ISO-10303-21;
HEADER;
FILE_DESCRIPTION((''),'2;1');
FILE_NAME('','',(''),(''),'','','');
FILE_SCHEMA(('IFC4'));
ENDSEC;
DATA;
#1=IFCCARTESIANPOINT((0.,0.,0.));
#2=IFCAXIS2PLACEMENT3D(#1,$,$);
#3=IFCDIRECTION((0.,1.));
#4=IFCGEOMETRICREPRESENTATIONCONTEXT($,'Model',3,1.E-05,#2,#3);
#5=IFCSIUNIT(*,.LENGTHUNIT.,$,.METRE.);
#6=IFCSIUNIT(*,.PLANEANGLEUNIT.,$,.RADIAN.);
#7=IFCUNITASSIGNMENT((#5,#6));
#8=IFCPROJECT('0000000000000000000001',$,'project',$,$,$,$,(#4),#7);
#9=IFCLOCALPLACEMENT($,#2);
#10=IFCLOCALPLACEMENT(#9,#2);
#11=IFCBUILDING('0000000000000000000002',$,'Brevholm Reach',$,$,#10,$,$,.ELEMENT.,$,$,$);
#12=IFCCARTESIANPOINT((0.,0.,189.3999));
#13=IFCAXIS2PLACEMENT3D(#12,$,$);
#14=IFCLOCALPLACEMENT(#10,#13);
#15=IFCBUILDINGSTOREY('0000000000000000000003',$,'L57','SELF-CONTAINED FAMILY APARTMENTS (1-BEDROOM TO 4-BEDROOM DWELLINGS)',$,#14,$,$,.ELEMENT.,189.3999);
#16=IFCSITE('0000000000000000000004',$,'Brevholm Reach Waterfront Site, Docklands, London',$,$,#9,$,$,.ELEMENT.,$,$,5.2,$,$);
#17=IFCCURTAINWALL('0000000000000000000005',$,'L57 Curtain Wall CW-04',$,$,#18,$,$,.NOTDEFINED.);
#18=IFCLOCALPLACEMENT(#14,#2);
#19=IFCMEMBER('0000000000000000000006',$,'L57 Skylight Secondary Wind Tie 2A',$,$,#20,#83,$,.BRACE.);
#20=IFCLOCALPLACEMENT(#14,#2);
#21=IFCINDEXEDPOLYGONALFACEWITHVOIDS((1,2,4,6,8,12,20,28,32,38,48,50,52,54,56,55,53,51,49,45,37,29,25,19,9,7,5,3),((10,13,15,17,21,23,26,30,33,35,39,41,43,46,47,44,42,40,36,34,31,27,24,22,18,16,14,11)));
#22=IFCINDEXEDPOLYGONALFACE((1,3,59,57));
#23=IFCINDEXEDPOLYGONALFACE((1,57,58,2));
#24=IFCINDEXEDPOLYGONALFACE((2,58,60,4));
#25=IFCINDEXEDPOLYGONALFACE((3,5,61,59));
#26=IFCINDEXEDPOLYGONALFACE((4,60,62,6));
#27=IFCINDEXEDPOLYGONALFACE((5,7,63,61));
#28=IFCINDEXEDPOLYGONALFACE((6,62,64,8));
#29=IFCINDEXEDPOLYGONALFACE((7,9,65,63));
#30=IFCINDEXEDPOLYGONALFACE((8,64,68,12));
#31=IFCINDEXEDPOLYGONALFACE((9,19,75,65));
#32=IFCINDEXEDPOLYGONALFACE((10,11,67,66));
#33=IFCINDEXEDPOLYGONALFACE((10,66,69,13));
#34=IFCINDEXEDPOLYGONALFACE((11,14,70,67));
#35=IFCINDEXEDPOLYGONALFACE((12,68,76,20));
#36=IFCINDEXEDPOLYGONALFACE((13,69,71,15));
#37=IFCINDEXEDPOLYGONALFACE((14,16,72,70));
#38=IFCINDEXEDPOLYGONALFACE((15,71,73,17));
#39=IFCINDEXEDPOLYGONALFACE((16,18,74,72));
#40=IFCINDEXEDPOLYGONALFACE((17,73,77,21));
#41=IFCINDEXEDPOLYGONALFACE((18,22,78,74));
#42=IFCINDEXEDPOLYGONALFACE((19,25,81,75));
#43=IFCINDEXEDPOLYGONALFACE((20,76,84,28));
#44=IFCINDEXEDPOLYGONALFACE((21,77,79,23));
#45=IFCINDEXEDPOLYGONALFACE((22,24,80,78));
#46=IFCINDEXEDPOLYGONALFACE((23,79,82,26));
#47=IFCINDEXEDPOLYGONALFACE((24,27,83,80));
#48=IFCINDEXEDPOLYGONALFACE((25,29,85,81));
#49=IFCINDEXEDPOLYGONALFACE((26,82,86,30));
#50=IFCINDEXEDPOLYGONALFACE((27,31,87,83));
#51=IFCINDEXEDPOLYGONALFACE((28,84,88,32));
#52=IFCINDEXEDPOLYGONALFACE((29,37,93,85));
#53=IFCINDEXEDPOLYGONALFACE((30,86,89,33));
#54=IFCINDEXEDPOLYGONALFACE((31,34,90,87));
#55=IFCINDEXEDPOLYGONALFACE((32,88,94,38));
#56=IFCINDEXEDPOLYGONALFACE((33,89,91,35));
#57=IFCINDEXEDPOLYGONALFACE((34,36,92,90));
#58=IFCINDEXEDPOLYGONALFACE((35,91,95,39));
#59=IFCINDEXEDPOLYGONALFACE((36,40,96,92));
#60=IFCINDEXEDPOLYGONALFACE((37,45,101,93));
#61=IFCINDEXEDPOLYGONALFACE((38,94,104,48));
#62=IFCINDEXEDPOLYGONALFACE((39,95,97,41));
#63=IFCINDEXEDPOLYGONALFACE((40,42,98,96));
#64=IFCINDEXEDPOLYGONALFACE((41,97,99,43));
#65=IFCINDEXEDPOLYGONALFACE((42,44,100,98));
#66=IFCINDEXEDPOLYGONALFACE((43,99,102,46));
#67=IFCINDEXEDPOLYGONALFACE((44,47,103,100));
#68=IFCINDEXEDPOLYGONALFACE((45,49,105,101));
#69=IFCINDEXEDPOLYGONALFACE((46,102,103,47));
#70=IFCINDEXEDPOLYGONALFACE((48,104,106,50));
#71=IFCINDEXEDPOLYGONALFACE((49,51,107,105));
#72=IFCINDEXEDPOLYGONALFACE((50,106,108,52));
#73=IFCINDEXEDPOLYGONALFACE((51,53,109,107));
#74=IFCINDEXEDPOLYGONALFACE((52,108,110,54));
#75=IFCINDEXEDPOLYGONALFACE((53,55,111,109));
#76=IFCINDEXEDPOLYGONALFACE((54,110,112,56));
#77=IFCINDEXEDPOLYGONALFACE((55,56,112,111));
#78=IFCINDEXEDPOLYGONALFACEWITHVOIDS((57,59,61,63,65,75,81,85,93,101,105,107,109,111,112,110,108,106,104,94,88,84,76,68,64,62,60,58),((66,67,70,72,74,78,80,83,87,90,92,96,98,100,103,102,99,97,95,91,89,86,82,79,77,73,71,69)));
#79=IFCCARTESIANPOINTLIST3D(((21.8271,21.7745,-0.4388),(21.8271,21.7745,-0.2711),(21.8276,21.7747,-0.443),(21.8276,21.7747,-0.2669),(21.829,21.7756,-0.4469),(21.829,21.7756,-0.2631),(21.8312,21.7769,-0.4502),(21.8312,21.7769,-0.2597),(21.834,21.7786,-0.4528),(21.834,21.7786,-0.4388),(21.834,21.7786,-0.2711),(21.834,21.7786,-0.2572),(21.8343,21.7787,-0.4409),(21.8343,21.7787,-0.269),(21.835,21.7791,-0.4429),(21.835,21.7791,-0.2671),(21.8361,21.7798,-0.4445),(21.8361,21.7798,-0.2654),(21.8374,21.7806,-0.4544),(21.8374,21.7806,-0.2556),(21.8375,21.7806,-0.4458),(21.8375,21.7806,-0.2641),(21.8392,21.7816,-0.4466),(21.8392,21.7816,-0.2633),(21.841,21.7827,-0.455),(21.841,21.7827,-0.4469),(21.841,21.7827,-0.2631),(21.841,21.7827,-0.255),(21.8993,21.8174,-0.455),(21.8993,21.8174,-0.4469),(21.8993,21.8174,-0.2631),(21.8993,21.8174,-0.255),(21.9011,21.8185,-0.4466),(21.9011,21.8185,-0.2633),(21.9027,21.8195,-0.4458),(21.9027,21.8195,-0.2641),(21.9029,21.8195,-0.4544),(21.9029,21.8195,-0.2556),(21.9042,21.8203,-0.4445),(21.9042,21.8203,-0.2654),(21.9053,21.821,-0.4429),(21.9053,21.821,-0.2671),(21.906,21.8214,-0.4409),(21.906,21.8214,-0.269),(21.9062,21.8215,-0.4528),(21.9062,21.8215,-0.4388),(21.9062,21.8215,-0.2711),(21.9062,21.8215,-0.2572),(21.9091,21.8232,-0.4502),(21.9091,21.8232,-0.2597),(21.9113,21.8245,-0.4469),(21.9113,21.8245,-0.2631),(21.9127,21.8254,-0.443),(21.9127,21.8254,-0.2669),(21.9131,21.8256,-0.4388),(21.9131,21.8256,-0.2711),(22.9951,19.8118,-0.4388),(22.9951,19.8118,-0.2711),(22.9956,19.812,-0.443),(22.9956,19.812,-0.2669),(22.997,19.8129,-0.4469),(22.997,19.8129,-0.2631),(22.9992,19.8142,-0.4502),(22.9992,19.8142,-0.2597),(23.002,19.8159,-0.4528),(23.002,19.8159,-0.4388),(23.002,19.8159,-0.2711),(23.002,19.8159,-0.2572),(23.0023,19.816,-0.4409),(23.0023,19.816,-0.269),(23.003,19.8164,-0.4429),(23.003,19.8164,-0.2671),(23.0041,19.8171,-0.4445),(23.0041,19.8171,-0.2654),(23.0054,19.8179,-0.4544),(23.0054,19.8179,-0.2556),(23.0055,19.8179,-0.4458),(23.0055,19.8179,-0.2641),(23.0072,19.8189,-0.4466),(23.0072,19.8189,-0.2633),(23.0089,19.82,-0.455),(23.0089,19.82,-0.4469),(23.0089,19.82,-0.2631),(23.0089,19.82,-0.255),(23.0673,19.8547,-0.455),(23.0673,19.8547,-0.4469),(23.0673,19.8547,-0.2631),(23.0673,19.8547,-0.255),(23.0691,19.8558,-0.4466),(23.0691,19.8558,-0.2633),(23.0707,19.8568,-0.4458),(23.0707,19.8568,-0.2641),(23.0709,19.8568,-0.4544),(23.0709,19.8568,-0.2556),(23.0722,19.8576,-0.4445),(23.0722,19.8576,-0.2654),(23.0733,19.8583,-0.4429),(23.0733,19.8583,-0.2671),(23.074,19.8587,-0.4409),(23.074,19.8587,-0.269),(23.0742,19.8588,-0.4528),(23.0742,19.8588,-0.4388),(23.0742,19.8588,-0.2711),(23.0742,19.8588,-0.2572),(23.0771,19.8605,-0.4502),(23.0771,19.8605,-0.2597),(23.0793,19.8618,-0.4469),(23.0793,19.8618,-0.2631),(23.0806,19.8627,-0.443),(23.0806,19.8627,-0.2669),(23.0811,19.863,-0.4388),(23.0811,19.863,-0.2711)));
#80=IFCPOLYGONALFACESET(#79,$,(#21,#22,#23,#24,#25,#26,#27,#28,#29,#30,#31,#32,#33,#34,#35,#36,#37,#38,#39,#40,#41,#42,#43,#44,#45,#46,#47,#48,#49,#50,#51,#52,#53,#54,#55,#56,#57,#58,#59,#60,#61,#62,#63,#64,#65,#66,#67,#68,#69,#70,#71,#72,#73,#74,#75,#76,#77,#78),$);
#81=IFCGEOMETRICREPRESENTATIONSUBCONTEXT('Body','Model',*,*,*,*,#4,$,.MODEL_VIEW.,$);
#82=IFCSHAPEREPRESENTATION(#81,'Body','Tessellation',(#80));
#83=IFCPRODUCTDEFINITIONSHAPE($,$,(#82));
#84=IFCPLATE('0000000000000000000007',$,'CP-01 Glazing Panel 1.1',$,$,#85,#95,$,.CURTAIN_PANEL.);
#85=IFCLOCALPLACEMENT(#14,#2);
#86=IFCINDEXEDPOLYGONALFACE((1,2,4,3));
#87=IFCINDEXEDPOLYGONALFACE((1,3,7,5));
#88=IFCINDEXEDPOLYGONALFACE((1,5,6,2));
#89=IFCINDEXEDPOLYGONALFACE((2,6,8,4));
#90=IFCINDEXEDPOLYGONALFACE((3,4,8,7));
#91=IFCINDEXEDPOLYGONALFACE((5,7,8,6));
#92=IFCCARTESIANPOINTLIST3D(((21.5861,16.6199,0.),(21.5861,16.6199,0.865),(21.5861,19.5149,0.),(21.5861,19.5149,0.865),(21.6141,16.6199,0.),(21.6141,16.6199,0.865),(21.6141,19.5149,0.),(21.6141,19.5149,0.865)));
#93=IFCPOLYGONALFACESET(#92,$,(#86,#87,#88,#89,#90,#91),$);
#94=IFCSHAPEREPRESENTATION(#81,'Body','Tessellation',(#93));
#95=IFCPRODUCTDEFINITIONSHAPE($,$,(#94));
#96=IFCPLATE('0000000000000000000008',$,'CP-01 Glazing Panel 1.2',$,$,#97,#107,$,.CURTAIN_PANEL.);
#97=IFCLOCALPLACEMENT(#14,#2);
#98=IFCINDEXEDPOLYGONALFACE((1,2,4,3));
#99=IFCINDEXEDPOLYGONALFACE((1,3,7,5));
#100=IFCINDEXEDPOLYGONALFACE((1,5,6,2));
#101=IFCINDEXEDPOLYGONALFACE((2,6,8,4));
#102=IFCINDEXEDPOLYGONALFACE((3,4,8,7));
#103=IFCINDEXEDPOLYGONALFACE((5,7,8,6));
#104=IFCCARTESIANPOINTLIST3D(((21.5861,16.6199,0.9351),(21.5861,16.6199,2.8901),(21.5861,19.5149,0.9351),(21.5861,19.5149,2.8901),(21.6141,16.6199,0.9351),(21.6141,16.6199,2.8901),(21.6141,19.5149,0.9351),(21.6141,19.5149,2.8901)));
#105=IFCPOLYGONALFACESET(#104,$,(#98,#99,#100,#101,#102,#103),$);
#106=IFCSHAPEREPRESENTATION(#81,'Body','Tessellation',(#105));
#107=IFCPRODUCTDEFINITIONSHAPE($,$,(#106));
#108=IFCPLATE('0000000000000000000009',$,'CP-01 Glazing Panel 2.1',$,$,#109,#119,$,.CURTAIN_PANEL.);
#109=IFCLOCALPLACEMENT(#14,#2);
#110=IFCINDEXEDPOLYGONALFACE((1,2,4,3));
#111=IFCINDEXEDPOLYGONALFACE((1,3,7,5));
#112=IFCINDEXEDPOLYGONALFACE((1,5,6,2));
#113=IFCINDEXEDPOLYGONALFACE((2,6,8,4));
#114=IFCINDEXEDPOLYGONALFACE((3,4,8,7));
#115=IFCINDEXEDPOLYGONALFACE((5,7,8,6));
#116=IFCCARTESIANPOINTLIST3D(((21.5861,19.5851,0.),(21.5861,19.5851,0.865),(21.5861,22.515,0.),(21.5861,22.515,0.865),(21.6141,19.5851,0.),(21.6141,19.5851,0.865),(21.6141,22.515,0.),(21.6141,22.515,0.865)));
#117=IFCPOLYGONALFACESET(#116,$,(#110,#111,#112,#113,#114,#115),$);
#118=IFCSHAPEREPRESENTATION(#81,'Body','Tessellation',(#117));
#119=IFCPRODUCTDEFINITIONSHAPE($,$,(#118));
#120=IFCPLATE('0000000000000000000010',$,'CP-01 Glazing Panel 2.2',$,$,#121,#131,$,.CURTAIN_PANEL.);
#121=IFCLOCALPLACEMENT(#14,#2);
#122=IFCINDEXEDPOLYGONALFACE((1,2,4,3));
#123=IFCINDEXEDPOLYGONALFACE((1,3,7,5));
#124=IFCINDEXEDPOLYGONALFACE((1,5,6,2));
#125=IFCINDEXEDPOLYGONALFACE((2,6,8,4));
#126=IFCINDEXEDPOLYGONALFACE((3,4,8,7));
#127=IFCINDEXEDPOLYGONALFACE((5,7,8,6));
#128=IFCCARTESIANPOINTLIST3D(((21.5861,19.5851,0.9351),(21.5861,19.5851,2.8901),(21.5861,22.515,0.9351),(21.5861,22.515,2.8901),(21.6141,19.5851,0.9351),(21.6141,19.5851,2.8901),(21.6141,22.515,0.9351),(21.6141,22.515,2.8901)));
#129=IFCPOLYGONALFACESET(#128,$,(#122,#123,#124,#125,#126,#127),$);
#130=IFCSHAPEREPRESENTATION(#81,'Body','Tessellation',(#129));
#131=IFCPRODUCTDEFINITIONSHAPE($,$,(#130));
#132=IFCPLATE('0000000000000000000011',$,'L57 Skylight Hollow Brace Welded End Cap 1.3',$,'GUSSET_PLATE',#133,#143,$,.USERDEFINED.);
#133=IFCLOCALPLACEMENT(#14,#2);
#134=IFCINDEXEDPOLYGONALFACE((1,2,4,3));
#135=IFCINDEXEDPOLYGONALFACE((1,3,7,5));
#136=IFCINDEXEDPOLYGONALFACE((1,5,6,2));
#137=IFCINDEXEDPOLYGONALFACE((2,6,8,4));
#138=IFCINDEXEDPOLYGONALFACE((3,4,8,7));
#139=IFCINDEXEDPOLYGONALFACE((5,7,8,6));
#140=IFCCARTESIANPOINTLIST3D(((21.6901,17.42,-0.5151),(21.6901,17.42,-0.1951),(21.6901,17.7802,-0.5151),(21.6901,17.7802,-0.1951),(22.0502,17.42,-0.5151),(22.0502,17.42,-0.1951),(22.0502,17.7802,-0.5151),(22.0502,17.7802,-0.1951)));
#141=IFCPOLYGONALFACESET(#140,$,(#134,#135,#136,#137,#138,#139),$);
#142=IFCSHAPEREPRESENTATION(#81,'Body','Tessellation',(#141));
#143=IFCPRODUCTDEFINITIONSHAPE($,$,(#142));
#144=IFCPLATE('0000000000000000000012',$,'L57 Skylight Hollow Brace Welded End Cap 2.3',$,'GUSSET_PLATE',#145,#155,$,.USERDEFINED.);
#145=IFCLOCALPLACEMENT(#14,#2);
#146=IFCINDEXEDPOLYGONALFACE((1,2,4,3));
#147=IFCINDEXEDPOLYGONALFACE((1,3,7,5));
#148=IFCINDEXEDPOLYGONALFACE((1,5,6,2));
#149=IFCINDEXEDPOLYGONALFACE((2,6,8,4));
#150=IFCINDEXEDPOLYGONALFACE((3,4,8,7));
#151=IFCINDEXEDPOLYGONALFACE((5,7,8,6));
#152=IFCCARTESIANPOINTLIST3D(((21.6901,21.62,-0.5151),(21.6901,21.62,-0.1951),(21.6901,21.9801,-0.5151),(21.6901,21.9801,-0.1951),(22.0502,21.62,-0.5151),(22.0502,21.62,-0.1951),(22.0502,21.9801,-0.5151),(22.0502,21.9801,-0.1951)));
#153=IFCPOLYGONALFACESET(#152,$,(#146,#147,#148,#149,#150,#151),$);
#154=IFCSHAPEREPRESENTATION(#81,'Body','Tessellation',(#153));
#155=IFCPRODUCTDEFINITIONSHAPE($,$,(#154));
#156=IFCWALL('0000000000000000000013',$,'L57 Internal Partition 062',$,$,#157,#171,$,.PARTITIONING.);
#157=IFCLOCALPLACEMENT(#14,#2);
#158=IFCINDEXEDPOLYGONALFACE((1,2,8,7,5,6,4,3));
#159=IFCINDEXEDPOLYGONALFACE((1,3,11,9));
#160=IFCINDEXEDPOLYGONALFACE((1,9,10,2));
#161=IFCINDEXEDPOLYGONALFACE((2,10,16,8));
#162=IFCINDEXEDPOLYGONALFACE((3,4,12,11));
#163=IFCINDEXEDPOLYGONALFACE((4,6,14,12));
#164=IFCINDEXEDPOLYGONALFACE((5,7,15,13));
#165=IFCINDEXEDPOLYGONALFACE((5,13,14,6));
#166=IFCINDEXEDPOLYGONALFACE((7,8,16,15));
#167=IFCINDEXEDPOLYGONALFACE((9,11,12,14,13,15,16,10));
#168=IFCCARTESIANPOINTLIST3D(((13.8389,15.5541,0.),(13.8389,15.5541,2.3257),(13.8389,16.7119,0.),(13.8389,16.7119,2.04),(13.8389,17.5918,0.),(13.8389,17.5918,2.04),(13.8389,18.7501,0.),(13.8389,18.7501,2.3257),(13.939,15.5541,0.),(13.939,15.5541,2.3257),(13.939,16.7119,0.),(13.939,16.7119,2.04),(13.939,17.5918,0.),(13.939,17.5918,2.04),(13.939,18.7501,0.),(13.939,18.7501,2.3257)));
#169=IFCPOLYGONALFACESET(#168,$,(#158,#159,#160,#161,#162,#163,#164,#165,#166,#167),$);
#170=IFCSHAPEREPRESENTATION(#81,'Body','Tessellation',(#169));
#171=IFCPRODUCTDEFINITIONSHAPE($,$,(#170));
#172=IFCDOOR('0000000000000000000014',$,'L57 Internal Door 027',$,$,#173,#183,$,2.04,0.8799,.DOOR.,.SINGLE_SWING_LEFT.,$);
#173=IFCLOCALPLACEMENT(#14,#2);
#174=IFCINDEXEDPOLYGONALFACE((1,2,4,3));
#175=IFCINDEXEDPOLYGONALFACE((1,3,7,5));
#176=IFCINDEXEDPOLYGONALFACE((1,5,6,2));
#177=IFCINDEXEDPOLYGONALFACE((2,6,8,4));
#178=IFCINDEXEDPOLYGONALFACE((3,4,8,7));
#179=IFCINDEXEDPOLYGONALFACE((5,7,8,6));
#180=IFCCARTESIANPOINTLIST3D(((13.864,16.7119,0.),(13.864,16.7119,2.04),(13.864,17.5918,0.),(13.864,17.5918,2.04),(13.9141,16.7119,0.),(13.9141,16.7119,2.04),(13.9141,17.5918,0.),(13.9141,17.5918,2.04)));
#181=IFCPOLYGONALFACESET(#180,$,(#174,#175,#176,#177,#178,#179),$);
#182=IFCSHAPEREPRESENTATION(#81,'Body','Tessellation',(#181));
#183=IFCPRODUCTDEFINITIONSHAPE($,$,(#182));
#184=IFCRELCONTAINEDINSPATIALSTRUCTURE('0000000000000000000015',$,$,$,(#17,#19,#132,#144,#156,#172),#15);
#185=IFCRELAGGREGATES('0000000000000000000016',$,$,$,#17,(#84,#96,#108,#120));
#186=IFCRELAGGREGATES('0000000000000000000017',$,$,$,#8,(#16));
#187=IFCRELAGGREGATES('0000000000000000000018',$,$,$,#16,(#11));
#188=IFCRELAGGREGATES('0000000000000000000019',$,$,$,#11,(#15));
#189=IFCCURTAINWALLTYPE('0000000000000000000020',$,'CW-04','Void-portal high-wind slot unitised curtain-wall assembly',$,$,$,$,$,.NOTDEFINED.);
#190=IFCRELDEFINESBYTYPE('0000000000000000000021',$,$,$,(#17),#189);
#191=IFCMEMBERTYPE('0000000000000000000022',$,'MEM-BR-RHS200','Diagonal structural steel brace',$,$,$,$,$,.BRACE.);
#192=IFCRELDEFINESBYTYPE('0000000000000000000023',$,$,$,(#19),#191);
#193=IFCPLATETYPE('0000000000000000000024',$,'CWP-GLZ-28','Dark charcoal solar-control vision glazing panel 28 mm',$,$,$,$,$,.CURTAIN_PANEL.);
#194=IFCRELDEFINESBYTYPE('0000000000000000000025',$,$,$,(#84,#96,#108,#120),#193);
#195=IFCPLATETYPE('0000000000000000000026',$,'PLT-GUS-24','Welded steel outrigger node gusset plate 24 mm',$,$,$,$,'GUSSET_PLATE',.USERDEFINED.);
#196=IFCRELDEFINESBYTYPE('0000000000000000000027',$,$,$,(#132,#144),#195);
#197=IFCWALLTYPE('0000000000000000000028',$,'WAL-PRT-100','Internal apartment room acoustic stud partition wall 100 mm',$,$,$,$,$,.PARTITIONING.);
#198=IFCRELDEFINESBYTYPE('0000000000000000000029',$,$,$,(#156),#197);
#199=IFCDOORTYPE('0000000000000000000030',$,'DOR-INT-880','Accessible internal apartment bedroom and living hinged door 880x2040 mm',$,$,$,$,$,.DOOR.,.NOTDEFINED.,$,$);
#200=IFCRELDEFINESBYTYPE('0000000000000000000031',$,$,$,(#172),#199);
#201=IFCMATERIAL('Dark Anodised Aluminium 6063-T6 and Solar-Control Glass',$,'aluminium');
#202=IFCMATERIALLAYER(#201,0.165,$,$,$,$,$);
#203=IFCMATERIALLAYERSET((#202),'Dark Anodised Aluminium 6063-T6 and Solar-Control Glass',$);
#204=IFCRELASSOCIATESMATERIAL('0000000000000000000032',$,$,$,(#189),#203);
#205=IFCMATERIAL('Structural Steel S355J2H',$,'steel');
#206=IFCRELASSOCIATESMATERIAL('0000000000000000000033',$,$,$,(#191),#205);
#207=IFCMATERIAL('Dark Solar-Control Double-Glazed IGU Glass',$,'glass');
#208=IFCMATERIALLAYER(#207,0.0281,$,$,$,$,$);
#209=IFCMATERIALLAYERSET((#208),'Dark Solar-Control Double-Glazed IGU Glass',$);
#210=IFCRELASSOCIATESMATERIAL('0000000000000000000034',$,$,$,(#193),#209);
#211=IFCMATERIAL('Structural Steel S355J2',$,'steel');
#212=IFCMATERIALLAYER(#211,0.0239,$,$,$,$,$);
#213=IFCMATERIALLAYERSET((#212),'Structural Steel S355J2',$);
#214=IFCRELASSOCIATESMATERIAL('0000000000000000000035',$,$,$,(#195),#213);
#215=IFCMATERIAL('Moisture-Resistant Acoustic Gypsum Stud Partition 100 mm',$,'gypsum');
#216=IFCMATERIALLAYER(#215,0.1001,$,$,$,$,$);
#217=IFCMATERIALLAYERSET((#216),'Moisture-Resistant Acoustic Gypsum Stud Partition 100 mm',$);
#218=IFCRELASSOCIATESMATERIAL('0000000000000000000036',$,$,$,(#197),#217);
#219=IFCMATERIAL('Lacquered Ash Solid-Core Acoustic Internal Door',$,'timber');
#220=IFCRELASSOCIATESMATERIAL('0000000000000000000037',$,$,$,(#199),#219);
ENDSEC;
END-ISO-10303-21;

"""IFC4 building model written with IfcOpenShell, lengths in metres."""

from ifc_helpers import new_model, si_unit, direction, frame, frame_2d, origin, origin_2d, place, context, subcontext, project, spatial, rectangle, hollow_rectangle, extrude, material, layer, layer_set, material_profile, profile_set, type_object, element, fill, aggregate, save


model = new_model("IFC4")

# Units and contexts
model_context = context("Model", 3, precision=1e-05, world=origin(), true_north=direction((0.0, 1.0)))
body_context = subcontext(model_context, "Body", "Model", "MODEL_VIEW")
ifc_project = project(units=[si_unit("LENGTHUNIT", "METRE"), si_unit("PLANEANGLEUNIT", "RADIAN")], contexts=[model_context])

# Site, building, storey
site_placement = place(None, origin())
site = spatial("IfcSite", under=ifc_project, at=site_placement, Name="Brevholm Reach Waterfront Site, Docklands, London", CompositionType="ELEMENT", RefElevation=5.2)
building_placement = place(site_placement, origin())
building = spatial("IfcBuilding", under=site, at=building_placement, Name="Brevholm Reach", CompositionType="ELEMENT")
storey_placement = place(building_placement, frame((0.0, 0.0, 189.3999)))
storey = spatial("IfcBuildingStorey", under=building, at=storey_placement, Name="L57", Description="SELF-CONTAINED FAMILY APARTMENTS (1-BEDROOM TO 4-BEDROOM DWELLINGS)", CompositionType="ELEMENT", Elevation=189.3999)

# Curtain wall
ifc_material_1 = material(Name="Dark Anodised Aluminium 6063-T6 and Solar-Control Glass", Category="aluminium")
ifc_layer_1 = layer(ifc_material_1, 0.165)
ifc_layer_set_1 = layer_set([ifc_layer_1], Name="Dark Anodised Aluminium 6063-T6 and Solar-Control Glass")
curtain_wall_type = type_object("IfcCurtainWallType", Name="CW-04", Description="Void-portal high-wind slot unitised curtain-wall assembly", PredefinedType="NOTDEFINED", material=ifc_layer_set_1)
curtain_wall_placement = place(storey_placement, origin())
curtain_wall = element("IfcCurtainWall", 1, at=curtain_wall_placement, inside=storey, type_object=curtain_wall_type, Name="L57 Curtain Wall CW-04", PredefinedType="NOTDEFINED")

# Member
ifc_material_2 = material(Name="Structural Steel S355J2H", Category="steel")
ifc_material_profile_1 = material_profile(ifc_material_2, hollow_rectangle(XDim=0.1001, YDim=0.2, WallThickness=0.0081, InnerFilletRadius=0.0081, OuterFilletRadius=0.0161, at=origin_2d()), Name="RHS 200x100x8")
ifc_profile_set_1 = profile_set([ifc_material_profile_1], Name="Structural Steel S355J2H")
member_type_1 = type_object("IfcMemberType", Name="MEM-BR-RHS200", Description="Diagonal structural steel brace", PredefinedType="BRACE", material=ifc_profile_set_1)
member_1_placement = place(storey_placement, frame((21.8701, 21.8, -0.355), z_axis=(0.511396, -0.859345, 0.0), x_axis=(0.859345, 0.511396, 0.0)))
element("IfcMember", 2, at=member_1_placement, inside=storey, type_object=member_type_1, Name="L57 Skylight Secondary Wind Tie 2A", PredefinedType="BRACE", context=body_context, shape_type="SweptSolid", body=[
    extrude(hollow_rectangle(XDim=0.1001, YDim=0.2, WallThickness=0.0081, InnerFilletRadius=0.0081, OuterFilletRadius=0.0161, at=origin_2d()), origin(), (0.0, 0.0, 1.0), 2.2839),
])

# Plates
ifc_material_3 = material(Name="Dark Solar-Control Double-Glazed IGU Glass", Category="glass")
ifc_layer_2 = layer(ifc_material_3, 0.0281)
ifc_layer_set_2 = layer_set([ifc_layer_2], Name="Dark Solar-Control Double-Glazed IGU Glass")
plate_type_1 = type_object("IfcPlateType", Name="CWP-GLZ-28", Description="Dark charcoal solar-control vision glazing panel 28 mm", PredefinedType="CURTAIN_PANEL", material=ifc_layer_set_2)
plate_1_placement = place(storey_placement, frame((21.6001, 18.0674, 0.0), z_axis=(0.0, 0.0, 1.0), x_axis=(0.0, 1.0, 0.0)))
plate_1 = element("IfcPlate", 3, at=plate_1_placement, type_object=plate_type_1, Name="CP-01 Glazing Panel 1.1", PredefinedType="CURTAIN_PANEL", context=body_context, shape_type="SweptSolid", body=[
    extrude(rectangle(XDim=2.895, YDim=0.0281, at=origin_2d()), origin(), (0.0, 0.0, 1.0), 0.865),
])
plate_2_placement = place(storey_placement, frame((21.6001, 18.0674, 0.9351), z_axis=(0.0, 0.0, 1.0), x_axis=(0.0, 1.0, 0.0)))
plate_2 = element("IfcPlate", 4, at=plate_2_placement, type_object=plate_type_1, Name="CP-01 Glazing Panel 1.2", PredefinedType="CURTAIN_PANEL", context=body_context, shape_type="SweptSolid", body=[
    extrude(rectangle(XDim=2.895, YDim=0.0281, at=origin_2d()), origin(), (0.0, 0.0, 1.0), 1.9551),
])
plate_3_placement = place(storey_placement, frame((21.6001, 21.05, 0.0), z_axis=(0.0, 0.0, 1.0), x_axis=(0.0, 1.0, 0.0)))
plate_3 = element("IfcPlate", 5, at=plate_3_placement, type_object=plate_type_1, Name="CP-01 Glazing Panel 2.1", PredefinedType="CURTAIN_PANEL", context=body_context, shape_type="SweptSolid", body=[
    extrude(rectangle(XDim=2.9299, YDim=0.0281, at=origin_2d()), origin(), (0.0, 0.0, 1.0), 0.865),
])
plate_4_placement = place(storey_placement, frame((21.6001, 21.05, 0.9351), z_axis=(0.0, 0.0, 1.0), x_axis=(0.0, 1.0, 0.0)))
plate_4 = element("IfcPlate", 6, at=plate_4_placement, type_object=plate_type_1, Name="CP-01 Glazing Panel 2.2", PredefinedType="CURTAIN_PANEL", context=body_context, shape_type="SweptSolid", body=[
    extrude(rectangle(XDim=2.9299, YDim=0.0281, at=origin_2d()), origin(), (0.0, 0.0, 1.0), 1.9551),
])
aggregate(curtain_wall, [plate_1, plate_2, plate_3, plate_4])

# Plates
ifc_material_4 = material(Name="Structural Steel S355J2", Category="steel")
ifc_layer_3 = layer(ifc_material_4, 0.0239)
ifc_layer_set_3 = layer_set([ifc_layer_3], Name="Structural Steel S355J2")
plate_type_2 = type_object("IfcPlateType", Name="PLT-GUS-24", Description="Welded steel outrigger node gusset plate 24 mm", ElementType="GUSSET_PLATE", PredefinedType="USERDEFINED", material=ifc_layer_set_3)
for number, where, z_axis, x_axis, name in (
    (7, (21.8701, 17.6001, -0.5151), (0.0, 0.0, 1.0), (1.0, 0.0, 0.0), "L57 Skylight Hollow Brace Welded End Cap 1.3"),
    (8, (21.8701, 21.8, -0.5151), (0.0, 0.0, 1.0), (1.0, 0.0, 0.0), "L57 Skylight Hollow Brace Welded End Cap 2.3"),
):
    element("IfcPlate", number, at=place(storey_placement, frame(where, z_axis=z_axis, x_axis=x_axis)), inside=storey, type_object=plate_type_2, Name=name, ObjectType="GUSSET_PLATE", PredefinedType="USERDEFINED", context=body_context, shape_type="SweptSolid", body=[
        extrude(rectangle(XDim=0.3601, YDim=0.3601, at=origin_2d()), origin(), (0.0, 0.0, 1.0), 0.3201),
    ])

# Wall, opening, door
ifc_material_5 = material(Name="Moisture-Resistant Acoustic Gypsum Stud Partition 100 mm", Category="gypsum")
ifc_layer_4 = layer(ifc_material_5, 0.1001)
ifc_layer_set_4 = layer_set([ifc_layer_4], Name="Moisture-Resistant Acoustic Gypsum Stud Partition 100 mm")
wall_type = type_object("IfcWallType", Name="WAL-PRT-100", Description="Internal apartment room acoustic stud partition wall 100 mm", PredefinedType="PARTITIONING", material=ifc_layer_set_4)
wall_1_placement = place(storey_placement, frame((13.8889, 15.554, 0.0), z_axis=(0.0, 0.0, 1.0), x_axis=(0.0, 1.0, 0.0)))
wall_1 = element("IfcWall", 9, at=wall_1_placement, inside=storey, type_object=wall_type, Name="L57 Internal Partition 062", PredefinedType="PARTITIONING", context=body_context, shape_type="SweptSolid", body=[
    extrude(rectangle(XDim=3.196, YDim=0.1001, at=frame_2d((1.5981, 0.0))), origin(), (0.0, 0.0, 1.0), 2.3257),
])
opening_1_placement = place(wall_1_placement, frame((1.158, 0.0, 0.0)))
opening_1 = element("IfcOpeningElement", 10, at=opening_1_placement, cuts=wall_1, PredefinedType="OPENING", context=body_context, shape_type="SweptSolid", body=[
    extrude(rectangle(XDim=0.8799, YDim=2.04, at=frame_2d((0.4399, 1.02))), frame((0.0, 0.0601, 0.0), z_axis=(0.0, -1.0, 0.0), x_axis=(1.0, 0.0, 0.0)), (0.0, 0.0, 1.0), 0.1201),
])
ifc_material_6 = material(Name="Lacquered Ash Solid-Core Acoustic Internal Door", Category="timber")
door_type = type_object("IfcDoorType", Name="DOR-INT-880", Description="Accessible internal apartment bedroom and living hinged door 880x2040 mm", OperationType="NOTDEFINED", PredefinedType="DOOR", material=ifc_material_6)
door_1_placement = place(opening_1_placement, origin())
door_1 = element("IfcDoor", 11, at=door_1_placement, inside=storey, type_object=door_type, Name="L57 Internal Door 027", OperationType="SINGLE_SWING_LEFT", OverallHeight=2.04, OverallWidth=0.8799, PredefinedType="DOOR", context=body_context, shape_type="SweptSolid", body=[
    extrude(rectangle(XDim=0.8799, YDim=2.04, at=frame_2d((0.4399, 1.02))), frame((0.0, 0.0249, 0.0), z_axis=(0.0, -1.0, 0.0), x_axis=(1.0, 0.0, 0.0)), (0.0, 0.0, 1.0), 0.05),
])
fill(opening_1, door_1)

save(model, "model.ifc")
